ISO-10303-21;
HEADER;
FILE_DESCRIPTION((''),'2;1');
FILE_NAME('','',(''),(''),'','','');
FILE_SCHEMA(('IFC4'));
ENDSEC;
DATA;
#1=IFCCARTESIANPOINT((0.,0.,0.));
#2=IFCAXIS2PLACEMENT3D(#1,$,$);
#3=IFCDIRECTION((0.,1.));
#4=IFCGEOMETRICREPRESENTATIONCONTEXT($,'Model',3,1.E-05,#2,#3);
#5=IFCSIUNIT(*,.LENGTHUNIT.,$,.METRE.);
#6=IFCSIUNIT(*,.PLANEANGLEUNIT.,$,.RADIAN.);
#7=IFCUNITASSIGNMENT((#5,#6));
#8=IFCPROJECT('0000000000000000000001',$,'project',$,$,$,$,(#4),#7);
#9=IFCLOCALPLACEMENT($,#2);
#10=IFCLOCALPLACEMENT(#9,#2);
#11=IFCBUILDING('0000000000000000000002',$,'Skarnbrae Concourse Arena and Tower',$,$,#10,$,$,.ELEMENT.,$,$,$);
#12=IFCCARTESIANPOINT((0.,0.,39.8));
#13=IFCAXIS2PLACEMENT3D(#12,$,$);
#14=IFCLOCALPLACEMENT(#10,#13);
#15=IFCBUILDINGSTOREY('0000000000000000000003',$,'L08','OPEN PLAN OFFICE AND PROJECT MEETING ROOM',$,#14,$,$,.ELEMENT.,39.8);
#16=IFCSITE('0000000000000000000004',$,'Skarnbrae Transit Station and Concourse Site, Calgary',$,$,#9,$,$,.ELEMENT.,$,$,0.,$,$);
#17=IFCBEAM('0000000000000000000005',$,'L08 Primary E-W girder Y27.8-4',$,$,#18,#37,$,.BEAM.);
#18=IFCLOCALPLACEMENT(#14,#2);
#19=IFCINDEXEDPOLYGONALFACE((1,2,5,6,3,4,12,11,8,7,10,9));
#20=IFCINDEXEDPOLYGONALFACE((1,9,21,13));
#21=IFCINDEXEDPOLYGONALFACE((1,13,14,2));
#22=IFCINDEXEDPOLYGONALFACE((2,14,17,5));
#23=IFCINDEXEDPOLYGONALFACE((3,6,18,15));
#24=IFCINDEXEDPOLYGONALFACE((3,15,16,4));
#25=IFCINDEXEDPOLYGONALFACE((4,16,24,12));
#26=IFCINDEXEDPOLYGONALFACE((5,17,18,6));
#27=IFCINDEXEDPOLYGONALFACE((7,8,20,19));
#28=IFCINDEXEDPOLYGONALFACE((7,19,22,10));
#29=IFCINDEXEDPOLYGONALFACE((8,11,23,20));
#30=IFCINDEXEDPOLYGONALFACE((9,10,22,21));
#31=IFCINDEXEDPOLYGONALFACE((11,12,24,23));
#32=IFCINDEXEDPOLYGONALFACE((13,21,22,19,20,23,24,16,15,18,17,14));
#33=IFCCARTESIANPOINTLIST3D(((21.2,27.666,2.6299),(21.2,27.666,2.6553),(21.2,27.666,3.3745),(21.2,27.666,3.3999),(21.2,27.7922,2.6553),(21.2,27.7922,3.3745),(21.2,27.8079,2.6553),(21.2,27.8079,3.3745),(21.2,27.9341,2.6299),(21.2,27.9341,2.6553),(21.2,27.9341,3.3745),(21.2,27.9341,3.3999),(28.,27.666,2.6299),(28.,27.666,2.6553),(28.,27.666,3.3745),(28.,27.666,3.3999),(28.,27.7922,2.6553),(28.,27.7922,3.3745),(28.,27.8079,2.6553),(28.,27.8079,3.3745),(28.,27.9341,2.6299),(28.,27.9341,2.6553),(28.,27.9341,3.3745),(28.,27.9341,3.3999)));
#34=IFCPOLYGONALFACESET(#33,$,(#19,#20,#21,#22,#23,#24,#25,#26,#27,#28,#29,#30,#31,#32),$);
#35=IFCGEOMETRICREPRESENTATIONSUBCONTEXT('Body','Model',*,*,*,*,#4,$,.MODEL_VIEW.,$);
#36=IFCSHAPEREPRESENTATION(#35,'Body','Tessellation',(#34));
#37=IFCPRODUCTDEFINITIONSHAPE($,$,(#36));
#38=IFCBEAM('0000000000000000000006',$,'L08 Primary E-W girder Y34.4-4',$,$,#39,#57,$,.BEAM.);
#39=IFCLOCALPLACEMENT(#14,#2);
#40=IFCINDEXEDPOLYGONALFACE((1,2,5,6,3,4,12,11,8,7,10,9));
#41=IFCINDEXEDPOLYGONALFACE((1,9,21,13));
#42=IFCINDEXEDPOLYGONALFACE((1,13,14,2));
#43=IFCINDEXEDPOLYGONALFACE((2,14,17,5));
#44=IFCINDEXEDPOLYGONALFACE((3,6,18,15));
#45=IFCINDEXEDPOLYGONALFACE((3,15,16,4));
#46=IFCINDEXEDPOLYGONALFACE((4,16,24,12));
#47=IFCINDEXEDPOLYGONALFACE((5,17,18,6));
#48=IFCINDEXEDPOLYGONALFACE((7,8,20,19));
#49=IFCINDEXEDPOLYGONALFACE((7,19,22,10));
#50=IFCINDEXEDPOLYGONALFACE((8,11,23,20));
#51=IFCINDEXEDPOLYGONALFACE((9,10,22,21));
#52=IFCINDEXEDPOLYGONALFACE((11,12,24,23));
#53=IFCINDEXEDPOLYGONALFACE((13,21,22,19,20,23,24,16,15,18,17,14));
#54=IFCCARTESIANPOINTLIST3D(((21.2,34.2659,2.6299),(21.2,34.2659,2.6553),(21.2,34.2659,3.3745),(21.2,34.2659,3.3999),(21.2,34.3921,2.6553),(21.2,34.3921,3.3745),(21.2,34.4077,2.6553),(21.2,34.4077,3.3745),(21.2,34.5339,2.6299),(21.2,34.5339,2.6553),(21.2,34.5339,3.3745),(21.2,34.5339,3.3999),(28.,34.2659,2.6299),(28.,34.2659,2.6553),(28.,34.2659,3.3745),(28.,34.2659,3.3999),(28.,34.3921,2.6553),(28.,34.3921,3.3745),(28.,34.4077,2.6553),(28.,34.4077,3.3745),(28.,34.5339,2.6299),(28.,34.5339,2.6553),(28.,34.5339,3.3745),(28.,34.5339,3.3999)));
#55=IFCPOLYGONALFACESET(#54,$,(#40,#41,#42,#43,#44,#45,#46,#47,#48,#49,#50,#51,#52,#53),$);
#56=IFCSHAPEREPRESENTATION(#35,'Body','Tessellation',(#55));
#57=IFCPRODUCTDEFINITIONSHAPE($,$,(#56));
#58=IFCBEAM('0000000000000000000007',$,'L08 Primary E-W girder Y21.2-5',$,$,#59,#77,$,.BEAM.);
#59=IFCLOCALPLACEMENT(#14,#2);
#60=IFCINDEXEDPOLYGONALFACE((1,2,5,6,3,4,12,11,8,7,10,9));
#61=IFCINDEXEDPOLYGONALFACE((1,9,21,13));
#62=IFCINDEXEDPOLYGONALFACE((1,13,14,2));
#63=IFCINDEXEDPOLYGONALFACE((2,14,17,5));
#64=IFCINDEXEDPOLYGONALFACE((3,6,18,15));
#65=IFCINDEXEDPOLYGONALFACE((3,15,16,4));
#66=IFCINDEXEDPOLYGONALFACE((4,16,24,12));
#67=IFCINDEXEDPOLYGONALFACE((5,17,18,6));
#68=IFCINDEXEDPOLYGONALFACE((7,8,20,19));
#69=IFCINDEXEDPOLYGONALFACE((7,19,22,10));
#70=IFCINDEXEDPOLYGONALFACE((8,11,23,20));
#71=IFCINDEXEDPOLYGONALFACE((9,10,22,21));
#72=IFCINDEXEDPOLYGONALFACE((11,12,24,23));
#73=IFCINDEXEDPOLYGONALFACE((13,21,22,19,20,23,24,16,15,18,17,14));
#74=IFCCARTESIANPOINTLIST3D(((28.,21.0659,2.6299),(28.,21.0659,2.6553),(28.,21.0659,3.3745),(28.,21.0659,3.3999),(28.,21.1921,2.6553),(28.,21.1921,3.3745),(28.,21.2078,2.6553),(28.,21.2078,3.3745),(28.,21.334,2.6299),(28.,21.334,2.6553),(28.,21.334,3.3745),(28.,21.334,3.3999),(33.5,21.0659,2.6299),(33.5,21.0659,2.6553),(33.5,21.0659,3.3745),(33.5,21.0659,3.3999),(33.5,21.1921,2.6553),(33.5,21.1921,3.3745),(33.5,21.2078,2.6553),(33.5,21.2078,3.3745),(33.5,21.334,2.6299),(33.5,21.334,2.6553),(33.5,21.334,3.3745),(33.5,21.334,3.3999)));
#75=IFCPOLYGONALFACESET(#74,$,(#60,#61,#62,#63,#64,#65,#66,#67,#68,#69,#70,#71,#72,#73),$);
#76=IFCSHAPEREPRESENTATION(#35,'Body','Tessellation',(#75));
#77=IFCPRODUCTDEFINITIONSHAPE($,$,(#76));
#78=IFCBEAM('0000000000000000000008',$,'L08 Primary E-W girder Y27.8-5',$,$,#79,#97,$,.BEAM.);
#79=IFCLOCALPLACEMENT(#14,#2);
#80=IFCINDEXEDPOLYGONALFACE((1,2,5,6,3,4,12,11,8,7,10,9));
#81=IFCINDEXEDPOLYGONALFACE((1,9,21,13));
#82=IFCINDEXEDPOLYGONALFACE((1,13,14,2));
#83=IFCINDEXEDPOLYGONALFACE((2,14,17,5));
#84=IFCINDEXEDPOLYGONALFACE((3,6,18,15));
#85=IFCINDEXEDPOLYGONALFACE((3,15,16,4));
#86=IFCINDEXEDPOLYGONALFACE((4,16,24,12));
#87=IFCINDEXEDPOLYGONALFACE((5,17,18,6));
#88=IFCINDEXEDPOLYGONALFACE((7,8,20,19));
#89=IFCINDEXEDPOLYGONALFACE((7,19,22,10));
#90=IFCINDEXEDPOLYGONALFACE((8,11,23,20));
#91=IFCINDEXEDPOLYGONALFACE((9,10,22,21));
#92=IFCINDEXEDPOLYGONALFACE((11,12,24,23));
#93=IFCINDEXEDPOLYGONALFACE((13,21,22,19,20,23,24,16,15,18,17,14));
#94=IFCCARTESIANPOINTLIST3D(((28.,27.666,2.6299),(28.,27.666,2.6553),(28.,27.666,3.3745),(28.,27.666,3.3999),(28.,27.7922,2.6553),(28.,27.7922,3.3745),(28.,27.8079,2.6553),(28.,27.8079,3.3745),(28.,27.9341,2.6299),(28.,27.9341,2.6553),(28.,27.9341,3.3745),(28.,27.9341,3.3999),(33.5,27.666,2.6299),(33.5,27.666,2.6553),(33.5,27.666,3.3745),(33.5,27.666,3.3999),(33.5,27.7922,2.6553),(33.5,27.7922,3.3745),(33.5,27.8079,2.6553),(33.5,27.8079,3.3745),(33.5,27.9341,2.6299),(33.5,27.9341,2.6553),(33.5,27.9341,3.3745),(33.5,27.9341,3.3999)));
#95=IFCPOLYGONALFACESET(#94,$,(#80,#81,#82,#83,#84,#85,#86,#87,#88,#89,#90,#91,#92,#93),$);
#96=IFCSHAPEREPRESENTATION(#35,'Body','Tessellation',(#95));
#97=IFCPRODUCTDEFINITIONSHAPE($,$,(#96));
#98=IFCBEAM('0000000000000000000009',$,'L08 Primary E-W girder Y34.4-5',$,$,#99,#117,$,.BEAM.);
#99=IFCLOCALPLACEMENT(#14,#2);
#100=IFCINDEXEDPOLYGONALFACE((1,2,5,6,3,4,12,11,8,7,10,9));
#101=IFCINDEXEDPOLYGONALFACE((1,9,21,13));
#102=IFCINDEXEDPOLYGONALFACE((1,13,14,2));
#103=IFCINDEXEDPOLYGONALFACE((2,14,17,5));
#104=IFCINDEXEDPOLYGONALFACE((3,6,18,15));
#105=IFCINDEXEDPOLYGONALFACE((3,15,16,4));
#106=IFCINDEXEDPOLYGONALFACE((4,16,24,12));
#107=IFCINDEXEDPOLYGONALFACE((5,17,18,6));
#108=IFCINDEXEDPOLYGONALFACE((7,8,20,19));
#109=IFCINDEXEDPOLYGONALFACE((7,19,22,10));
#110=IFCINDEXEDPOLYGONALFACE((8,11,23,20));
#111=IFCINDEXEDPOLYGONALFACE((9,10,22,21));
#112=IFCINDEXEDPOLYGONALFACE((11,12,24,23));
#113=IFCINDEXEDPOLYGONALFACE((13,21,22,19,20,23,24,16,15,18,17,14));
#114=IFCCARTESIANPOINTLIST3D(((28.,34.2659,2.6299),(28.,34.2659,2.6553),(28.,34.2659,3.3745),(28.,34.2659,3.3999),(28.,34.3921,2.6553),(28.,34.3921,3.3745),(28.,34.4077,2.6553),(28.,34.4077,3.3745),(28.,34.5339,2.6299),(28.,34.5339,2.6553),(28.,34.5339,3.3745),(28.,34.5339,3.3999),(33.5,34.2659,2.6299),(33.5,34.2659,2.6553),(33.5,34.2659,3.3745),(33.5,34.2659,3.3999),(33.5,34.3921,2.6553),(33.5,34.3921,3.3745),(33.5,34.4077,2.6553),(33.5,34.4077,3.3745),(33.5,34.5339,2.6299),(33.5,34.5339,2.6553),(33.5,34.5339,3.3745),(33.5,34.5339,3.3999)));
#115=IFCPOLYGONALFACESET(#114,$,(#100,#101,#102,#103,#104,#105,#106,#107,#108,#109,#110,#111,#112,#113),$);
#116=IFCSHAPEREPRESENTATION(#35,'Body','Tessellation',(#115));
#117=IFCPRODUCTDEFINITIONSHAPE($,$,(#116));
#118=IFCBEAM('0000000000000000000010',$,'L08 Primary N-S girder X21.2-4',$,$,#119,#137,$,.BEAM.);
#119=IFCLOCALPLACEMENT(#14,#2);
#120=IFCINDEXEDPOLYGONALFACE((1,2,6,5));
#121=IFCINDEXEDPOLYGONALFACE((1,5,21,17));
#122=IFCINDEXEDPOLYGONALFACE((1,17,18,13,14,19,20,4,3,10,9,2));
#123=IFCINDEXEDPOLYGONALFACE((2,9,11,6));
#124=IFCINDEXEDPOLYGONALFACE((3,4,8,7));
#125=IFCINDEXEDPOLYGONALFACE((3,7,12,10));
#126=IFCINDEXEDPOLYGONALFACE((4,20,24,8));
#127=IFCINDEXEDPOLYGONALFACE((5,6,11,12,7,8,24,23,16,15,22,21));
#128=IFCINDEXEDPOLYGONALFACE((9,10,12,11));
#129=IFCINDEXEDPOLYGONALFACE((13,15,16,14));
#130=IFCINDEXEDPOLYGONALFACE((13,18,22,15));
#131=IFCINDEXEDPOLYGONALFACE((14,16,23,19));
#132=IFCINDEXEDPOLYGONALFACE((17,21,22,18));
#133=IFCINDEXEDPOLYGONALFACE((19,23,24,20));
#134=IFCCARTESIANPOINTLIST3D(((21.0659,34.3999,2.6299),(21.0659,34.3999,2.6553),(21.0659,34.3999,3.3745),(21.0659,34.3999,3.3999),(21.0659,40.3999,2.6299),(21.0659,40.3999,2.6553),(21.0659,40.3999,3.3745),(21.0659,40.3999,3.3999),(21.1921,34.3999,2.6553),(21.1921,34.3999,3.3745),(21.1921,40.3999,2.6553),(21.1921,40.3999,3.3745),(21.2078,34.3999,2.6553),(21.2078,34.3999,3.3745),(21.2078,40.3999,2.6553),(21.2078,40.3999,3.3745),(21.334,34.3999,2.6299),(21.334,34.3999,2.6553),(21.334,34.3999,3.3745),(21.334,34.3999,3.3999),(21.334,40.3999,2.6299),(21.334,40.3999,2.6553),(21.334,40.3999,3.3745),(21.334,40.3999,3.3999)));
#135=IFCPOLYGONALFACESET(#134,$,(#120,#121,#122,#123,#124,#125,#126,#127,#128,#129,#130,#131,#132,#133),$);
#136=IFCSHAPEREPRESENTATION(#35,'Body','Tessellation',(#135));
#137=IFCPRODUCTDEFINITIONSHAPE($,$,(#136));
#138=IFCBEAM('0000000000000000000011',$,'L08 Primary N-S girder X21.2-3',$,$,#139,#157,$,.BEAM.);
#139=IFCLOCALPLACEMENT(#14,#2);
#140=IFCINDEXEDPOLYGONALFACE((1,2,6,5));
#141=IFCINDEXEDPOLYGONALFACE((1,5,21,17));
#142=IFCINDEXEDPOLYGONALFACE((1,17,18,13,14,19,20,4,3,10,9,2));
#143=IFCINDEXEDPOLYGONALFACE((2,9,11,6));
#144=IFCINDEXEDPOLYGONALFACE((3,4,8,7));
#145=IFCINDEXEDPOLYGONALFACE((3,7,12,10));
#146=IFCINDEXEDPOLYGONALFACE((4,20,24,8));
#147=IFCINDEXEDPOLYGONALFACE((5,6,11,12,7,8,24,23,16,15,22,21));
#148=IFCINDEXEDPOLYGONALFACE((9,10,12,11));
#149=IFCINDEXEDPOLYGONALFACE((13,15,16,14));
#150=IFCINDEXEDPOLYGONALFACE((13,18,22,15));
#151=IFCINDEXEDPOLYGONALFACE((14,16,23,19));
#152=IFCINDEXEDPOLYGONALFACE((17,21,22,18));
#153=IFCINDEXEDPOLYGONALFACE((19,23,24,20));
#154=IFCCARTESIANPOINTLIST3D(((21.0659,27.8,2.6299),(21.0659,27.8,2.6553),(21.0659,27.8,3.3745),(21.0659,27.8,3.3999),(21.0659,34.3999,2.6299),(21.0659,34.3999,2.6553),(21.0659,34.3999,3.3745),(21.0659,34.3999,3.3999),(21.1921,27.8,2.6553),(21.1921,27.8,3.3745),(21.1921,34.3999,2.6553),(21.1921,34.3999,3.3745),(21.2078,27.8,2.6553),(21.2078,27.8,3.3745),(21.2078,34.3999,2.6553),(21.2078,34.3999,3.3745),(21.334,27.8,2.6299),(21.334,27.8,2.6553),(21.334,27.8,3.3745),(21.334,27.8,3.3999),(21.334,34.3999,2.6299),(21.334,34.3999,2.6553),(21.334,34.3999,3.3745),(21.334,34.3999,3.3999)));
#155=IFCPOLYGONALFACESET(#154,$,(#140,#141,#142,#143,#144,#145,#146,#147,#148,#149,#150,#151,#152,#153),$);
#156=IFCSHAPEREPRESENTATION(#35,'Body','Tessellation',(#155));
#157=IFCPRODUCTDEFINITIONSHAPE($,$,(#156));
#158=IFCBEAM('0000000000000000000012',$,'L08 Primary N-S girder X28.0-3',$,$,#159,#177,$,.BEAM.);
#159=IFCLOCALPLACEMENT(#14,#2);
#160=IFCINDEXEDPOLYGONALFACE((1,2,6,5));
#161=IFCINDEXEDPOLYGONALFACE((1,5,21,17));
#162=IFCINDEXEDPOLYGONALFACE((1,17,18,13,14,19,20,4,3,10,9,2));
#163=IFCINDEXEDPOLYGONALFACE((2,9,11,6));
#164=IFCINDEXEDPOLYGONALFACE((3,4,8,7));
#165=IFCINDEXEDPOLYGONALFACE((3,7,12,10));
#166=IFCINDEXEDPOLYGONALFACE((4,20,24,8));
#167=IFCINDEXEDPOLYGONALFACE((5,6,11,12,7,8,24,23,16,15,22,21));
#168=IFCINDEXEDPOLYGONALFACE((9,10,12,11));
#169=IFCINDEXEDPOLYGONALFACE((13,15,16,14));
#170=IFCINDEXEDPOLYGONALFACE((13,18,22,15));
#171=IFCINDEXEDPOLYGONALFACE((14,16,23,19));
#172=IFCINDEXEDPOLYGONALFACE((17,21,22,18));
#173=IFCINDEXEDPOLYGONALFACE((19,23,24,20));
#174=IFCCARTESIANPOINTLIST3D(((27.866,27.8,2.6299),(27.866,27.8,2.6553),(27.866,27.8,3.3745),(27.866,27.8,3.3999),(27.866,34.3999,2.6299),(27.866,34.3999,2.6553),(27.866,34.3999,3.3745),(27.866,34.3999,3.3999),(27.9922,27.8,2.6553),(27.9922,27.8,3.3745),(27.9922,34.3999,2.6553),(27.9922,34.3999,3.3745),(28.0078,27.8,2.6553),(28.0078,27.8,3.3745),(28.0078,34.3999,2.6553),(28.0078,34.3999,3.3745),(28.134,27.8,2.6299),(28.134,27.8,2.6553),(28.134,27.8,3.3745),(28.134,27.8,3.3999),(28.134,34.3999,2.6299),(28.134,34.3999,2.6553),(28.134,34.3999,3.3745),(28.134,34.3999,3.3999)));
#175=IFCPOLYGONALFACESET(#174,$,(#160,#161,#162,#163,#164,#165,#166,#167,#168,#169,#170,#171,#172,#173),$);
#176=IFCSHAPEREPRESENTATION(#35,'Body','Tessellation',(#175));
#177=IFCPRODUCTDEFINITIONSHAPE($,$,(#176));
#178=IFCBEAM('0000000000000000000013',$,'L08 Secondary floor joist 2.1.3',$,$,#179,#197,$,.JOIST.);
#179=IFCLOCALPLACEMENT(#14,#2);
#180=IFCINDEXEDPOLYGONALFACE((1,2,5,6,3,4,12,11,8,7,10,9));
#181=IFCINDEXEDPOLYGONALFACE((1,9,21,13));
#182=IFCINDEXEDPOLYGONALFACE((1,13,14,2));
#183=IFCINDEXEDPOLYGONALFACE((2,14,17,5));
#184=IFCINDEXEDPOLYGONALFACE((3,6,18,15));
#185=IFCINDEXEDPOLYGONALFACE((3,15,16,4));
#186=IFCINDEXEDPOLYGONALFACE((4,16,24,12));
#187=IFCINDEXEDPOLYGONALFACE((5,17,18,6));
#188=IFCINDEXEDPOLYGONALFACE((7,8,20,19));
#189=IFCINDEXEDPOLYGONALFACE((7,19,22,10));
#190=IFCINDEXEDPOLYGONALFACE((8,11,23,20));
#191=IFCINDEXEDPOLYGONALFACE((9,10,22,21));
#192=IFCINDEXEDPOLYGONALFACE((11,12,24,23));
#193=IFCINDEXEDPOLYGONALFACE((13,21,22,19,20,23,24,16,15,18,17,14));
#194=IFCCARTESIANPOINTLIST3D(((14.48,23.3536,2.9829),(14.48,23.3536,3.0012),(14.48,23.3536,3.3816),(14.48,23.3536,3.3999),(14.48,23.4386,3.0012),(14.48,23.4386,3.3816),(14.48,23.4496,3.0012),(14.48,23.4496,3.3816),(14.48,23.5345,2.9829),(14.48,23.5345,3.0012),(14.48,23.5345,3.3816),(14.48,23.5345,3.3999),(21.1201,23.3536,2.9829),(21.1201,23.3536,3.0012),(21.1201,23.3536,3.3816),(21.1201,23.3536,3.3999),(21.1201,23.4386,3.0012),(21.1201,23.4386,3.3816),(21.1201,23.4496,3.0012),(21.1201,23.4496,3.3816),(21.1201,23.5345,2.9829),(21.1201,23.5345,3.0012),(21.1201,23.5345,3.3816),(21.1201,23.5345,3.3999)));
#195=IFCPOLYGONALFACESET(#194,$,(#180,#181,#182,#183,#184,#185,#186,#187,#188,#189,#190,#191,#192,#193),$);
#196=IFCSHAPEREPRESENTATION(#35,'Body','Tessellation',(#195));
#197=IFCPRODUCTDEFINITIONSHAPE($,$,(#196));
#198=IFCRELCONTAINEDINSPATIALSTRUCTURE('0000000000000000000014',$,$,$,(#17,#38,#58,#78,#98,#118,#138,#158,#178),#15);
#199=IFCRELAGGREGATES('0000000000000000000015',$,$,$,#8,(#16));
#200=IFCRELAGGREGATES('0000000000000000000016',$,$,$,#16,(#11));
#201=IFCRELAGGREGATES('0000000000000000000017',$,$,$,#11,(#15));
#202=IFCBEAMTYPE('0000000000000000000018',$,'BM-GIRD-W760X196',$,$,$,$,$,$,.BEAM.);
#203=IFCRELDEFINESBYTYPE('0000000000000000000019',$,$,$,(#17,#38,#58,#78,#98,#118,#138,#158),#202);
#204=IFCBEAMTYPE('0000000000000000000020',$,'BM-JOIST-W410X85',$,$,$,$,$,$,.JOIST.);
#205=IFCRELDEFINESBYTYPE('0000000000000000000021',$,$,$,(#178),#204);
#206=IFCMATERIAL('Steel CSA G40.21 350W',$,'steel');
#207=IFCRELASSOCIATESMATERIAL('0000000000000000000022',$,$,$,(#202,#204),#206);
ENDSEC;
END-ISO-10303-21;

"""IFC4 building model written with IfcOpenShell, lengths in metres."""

from ifc_helpers import new_model, si_unit, direction, frame, origin, origin_2d, place, context, subcontext, project, spatial, i_section, extrude, source, transform, mapped, material, material_profile, profile_set, type_object, element, save


model = new_model("IFC4")

# Units and contexts
model_context = context("Model", 3, precision=1e-05, world=origin(), true_north=direction((0.0, 1.0)))
body_context = subcontext(model_context, "Body", "Model", "MODEL_VIEW")
ifc_project = project(units=[si_unit("LENGTHUNIT", "METRE"), si_unit("PLANEANGLEUNIT", "RADIAN")], contexts=[model_context])

# Site, building, storey
site_placement = place(None, origin())
site = spatial("IfcSite", under=ifc_project, at=site_placement, Name="Skarnbrae Transit Station and Concourse Site, Calgary", CompositionType="ELEMENT", RefElevation=0.0)
building_placement = place(site_placement, origin())
building = spatial("IfcBuilding", under=site, at=building_placement, Name="Skarnbrae Concourse Arena and Tower", CompositionType="ELEMENT")
storey_placement = place(building_placement, frame((0.0, 0.0, 39.8)))
storey = spatial("IfcBuildingStorey", under=building, at=storey_placement, Name="L08", Description="OPEN PLAN OFFICE AND PROJECT MEETING ROOM", CompositionType="ELEMENT", Elevation=39.8)

# Shared definitions
ifc_material_1 = material(Name="Steel CSA G40.21 350W", Category="steel")

# Beams
ifc_material_profile_1 = material_profile(ifc_material_1, i_section(OverallWidth=0.2681, OverallDepth=0.77, WebThickness=0.0156, FlangeThickness=0.0254, at=origin_2d()), Name="W760X196")
ifc_profile_set_1 = profile_set([ifc_material_profile_1], Name="Steel CSA G40.21 350W")
beam_type_1 = type_object("IfcBeamType", Name="BM-GIRD-W760X196", PredefinedType="BEAM", material=ifc_profile_set_1)
shared_shape_1 = source(origin(), body_context, "Body", "SweptSolid", [
    extrude(i_section(OverallWidth=0.2681, OverallDepth=0.77, WebThickness=0.0156, FlangeThickness=0.0254, at=origin_2d()), origin(), (0.0, 0.0, 1.0), 6.8),
])
for number, where, z_axis, x_axis, name in (
    (1, (21.2, 27.8, 3.0149), (1.0, 0.0, 0.0), (0.0, 1.0, 0.0), "L08 Primary E-W girder Y27.8-4"),
    (2, (21.2, 34.3999, 3.0149), (1.0, 0.0, 0.0), (0.0, 1.0, 0.0), "L08 Primary E-W girder Y34.4-4"),
):
    element("IfcBeam", number, at=place(storey_placement, frame(where, z_axis=z_axis, x_axis=x_axis)), inside=storey, type_object=beam_type_1, Name=name, PredefinedType="BEAM", context=body_context, shape_type="MappedRepresentation", body=[
        mapped(shared_shape_1, transform((0.0, 0.0, 0.0))),
    ])
shared_shape_2 = source(origin(), body_context, "Body", "SweptSolid", [
    extrude(i_section(OverallWidth=0.2681, OverallDepth=0.77, WebThickness=0.0156, FlangeThickness=0.0254, at=origin_2d()), origin(), (0.0, 0.0, 1.0), 5.5),
])
for number, where, z_axis, x_axis, name in (
    (3, (28.0, 21.2, 3.0149), (1.0, 0.0, 0.0), (0.0, 1.0, 0.0), "L08 Primary E-W girder Y21.2-5"),
    (4, (28.0, 27.8, 3.0149), (1.0, 0.0, 0.0), (0.0, 1.0, 0.0), "L08 Primary E-W girder Y27.8-5"),
    (5, (28.0, 34.3999, 3.0149), (1.0, 0.0, 0.0), (0.0, 1.0, 0.0), "L08 Primary E-W girder Y34.4-5"),
):
    element("IfcBeam", number, at=place(storey_placement, frame(where, z_axis=z_axis, x_axis=x_axis)), inside=storey, type_object=beam_type_1, Name=name, PredefinedType="BEAM", context=body_context, shape_type="MappedRepresentation", body=[
        mapped(shared_shape_2, transform((0.0, 0.0, 0.0))),
    ])
shared_shape_3 = source(origin(), body_context, "Body", "SweptSolid", [
    extrude(i_section(OverallWidth=0.2681, OverallDepth=0.77, WebThickness=0.0156, FlangeThickness=0.0254, at=origin_2d()), origin(), (0.0, 0.0, 1.0), 6.0),
])
beam_placement = place(storey_placement, frame((21.2, 34.3999, 3.0149), z_axis=(0.0, 1.0, 0.0), x_axis=(-1.0, 0.0, 0.0)))
element("IfcBeam", 6, at=beam_placement, inside=storey, type_object=beam_type_1, Name="L08 Primary N-S girder X21.2-4", PredefinedType="BEAM", context=body_context, shape_type="MappedRepresentation", body=[
    mapped(shared_shape_3, transform((0.0, 0.0, 0.0))),
])
shared_shape_4 = source(origin(), body_context, "Body", "SweptSolid", [
    extrude(i_section(OverallWidth=0.2681, OverallDepth=0.77, WebThickness=0.0156, FlangeThickness=0.0254, at=origin_2d()), origin(), (0.0, 0.0, 1.0), 6.5999),
])
for number, where, z_axis, x_axis, name in (
    (7, (21.2, 27.8, 3.0149), (0.0, 1.0, 0.0), (-1.0, 0.0, 0.0), "L08 Primary N-S girder X21.2-3"),
    (8, (28.0, 27.8, 3.0149), (0.0, 1.0, 0.0), (-1.0, 0.0, 0.0), "L08 Primary N-S girder X28.0-3"),
):
    element("IfcBeam", number, at=place(storey_placement, frame(where, z_axis=z_axis, x_axis=x_axis)), inside=storey, type_object=beam_type_1, Name=name, PredefinedType="BEAM", context=body_context, shape_type="MappedRepresentation", body=[
        mapped(shared_shape_4, transform((0.0, 0.0, 0.0))),
    ])
ifc_material_profile_2 = material_profile(ifc_material_1, i_section(OverallWidth=0.1809, OverallDepth=0.417, WebThickness=0.011, FlangeThickness=0.0183, at=origin_2d()), Name="W410X85")
ifc_profile_set_2 = profile_set([ifc_material_profile_2], Name="Steel CSA G40.21 350W")
beam_type_2 = type_object("IfcBeamType", Name="BM-JOIST-W410X85", PredefinedType="JOIST", material=ifc_profile_set_2)
shared_shape_5 = source(origin(), body_context, "Body", "SweptSolid", [
    extrude(i_section(OverallWidth=0.1809, OverallDepth=0.417, WebThickness=0.011, FlangeThickness=0.0183, at=origin_2d()), origin(), (0.0, 0.0, 1.0), 6.6401),
])
for number, where, z_axis, x_axis, name in (
    (9, (14.48, 23.4441, 3.1914), (1.0, 0.0, 0.0), (0.0, 1.0, 0.0), "L08 Secondary floor joist 2.1.3"),
):
    element("IfcBeam", number, at=place(storey_placement, frame(where, z_axis=z_axis, x_axis=x_axis)), inside=storey, type_object=beam_type_2, Name=name, PredefinedType="JOIST", context=body_context, shape_type="MappedRepresentation", body=[
        mapped(shared_shape_5, transform((0.0, 0.0, 0.0))),
    ])

save(model, "model.ifc")
